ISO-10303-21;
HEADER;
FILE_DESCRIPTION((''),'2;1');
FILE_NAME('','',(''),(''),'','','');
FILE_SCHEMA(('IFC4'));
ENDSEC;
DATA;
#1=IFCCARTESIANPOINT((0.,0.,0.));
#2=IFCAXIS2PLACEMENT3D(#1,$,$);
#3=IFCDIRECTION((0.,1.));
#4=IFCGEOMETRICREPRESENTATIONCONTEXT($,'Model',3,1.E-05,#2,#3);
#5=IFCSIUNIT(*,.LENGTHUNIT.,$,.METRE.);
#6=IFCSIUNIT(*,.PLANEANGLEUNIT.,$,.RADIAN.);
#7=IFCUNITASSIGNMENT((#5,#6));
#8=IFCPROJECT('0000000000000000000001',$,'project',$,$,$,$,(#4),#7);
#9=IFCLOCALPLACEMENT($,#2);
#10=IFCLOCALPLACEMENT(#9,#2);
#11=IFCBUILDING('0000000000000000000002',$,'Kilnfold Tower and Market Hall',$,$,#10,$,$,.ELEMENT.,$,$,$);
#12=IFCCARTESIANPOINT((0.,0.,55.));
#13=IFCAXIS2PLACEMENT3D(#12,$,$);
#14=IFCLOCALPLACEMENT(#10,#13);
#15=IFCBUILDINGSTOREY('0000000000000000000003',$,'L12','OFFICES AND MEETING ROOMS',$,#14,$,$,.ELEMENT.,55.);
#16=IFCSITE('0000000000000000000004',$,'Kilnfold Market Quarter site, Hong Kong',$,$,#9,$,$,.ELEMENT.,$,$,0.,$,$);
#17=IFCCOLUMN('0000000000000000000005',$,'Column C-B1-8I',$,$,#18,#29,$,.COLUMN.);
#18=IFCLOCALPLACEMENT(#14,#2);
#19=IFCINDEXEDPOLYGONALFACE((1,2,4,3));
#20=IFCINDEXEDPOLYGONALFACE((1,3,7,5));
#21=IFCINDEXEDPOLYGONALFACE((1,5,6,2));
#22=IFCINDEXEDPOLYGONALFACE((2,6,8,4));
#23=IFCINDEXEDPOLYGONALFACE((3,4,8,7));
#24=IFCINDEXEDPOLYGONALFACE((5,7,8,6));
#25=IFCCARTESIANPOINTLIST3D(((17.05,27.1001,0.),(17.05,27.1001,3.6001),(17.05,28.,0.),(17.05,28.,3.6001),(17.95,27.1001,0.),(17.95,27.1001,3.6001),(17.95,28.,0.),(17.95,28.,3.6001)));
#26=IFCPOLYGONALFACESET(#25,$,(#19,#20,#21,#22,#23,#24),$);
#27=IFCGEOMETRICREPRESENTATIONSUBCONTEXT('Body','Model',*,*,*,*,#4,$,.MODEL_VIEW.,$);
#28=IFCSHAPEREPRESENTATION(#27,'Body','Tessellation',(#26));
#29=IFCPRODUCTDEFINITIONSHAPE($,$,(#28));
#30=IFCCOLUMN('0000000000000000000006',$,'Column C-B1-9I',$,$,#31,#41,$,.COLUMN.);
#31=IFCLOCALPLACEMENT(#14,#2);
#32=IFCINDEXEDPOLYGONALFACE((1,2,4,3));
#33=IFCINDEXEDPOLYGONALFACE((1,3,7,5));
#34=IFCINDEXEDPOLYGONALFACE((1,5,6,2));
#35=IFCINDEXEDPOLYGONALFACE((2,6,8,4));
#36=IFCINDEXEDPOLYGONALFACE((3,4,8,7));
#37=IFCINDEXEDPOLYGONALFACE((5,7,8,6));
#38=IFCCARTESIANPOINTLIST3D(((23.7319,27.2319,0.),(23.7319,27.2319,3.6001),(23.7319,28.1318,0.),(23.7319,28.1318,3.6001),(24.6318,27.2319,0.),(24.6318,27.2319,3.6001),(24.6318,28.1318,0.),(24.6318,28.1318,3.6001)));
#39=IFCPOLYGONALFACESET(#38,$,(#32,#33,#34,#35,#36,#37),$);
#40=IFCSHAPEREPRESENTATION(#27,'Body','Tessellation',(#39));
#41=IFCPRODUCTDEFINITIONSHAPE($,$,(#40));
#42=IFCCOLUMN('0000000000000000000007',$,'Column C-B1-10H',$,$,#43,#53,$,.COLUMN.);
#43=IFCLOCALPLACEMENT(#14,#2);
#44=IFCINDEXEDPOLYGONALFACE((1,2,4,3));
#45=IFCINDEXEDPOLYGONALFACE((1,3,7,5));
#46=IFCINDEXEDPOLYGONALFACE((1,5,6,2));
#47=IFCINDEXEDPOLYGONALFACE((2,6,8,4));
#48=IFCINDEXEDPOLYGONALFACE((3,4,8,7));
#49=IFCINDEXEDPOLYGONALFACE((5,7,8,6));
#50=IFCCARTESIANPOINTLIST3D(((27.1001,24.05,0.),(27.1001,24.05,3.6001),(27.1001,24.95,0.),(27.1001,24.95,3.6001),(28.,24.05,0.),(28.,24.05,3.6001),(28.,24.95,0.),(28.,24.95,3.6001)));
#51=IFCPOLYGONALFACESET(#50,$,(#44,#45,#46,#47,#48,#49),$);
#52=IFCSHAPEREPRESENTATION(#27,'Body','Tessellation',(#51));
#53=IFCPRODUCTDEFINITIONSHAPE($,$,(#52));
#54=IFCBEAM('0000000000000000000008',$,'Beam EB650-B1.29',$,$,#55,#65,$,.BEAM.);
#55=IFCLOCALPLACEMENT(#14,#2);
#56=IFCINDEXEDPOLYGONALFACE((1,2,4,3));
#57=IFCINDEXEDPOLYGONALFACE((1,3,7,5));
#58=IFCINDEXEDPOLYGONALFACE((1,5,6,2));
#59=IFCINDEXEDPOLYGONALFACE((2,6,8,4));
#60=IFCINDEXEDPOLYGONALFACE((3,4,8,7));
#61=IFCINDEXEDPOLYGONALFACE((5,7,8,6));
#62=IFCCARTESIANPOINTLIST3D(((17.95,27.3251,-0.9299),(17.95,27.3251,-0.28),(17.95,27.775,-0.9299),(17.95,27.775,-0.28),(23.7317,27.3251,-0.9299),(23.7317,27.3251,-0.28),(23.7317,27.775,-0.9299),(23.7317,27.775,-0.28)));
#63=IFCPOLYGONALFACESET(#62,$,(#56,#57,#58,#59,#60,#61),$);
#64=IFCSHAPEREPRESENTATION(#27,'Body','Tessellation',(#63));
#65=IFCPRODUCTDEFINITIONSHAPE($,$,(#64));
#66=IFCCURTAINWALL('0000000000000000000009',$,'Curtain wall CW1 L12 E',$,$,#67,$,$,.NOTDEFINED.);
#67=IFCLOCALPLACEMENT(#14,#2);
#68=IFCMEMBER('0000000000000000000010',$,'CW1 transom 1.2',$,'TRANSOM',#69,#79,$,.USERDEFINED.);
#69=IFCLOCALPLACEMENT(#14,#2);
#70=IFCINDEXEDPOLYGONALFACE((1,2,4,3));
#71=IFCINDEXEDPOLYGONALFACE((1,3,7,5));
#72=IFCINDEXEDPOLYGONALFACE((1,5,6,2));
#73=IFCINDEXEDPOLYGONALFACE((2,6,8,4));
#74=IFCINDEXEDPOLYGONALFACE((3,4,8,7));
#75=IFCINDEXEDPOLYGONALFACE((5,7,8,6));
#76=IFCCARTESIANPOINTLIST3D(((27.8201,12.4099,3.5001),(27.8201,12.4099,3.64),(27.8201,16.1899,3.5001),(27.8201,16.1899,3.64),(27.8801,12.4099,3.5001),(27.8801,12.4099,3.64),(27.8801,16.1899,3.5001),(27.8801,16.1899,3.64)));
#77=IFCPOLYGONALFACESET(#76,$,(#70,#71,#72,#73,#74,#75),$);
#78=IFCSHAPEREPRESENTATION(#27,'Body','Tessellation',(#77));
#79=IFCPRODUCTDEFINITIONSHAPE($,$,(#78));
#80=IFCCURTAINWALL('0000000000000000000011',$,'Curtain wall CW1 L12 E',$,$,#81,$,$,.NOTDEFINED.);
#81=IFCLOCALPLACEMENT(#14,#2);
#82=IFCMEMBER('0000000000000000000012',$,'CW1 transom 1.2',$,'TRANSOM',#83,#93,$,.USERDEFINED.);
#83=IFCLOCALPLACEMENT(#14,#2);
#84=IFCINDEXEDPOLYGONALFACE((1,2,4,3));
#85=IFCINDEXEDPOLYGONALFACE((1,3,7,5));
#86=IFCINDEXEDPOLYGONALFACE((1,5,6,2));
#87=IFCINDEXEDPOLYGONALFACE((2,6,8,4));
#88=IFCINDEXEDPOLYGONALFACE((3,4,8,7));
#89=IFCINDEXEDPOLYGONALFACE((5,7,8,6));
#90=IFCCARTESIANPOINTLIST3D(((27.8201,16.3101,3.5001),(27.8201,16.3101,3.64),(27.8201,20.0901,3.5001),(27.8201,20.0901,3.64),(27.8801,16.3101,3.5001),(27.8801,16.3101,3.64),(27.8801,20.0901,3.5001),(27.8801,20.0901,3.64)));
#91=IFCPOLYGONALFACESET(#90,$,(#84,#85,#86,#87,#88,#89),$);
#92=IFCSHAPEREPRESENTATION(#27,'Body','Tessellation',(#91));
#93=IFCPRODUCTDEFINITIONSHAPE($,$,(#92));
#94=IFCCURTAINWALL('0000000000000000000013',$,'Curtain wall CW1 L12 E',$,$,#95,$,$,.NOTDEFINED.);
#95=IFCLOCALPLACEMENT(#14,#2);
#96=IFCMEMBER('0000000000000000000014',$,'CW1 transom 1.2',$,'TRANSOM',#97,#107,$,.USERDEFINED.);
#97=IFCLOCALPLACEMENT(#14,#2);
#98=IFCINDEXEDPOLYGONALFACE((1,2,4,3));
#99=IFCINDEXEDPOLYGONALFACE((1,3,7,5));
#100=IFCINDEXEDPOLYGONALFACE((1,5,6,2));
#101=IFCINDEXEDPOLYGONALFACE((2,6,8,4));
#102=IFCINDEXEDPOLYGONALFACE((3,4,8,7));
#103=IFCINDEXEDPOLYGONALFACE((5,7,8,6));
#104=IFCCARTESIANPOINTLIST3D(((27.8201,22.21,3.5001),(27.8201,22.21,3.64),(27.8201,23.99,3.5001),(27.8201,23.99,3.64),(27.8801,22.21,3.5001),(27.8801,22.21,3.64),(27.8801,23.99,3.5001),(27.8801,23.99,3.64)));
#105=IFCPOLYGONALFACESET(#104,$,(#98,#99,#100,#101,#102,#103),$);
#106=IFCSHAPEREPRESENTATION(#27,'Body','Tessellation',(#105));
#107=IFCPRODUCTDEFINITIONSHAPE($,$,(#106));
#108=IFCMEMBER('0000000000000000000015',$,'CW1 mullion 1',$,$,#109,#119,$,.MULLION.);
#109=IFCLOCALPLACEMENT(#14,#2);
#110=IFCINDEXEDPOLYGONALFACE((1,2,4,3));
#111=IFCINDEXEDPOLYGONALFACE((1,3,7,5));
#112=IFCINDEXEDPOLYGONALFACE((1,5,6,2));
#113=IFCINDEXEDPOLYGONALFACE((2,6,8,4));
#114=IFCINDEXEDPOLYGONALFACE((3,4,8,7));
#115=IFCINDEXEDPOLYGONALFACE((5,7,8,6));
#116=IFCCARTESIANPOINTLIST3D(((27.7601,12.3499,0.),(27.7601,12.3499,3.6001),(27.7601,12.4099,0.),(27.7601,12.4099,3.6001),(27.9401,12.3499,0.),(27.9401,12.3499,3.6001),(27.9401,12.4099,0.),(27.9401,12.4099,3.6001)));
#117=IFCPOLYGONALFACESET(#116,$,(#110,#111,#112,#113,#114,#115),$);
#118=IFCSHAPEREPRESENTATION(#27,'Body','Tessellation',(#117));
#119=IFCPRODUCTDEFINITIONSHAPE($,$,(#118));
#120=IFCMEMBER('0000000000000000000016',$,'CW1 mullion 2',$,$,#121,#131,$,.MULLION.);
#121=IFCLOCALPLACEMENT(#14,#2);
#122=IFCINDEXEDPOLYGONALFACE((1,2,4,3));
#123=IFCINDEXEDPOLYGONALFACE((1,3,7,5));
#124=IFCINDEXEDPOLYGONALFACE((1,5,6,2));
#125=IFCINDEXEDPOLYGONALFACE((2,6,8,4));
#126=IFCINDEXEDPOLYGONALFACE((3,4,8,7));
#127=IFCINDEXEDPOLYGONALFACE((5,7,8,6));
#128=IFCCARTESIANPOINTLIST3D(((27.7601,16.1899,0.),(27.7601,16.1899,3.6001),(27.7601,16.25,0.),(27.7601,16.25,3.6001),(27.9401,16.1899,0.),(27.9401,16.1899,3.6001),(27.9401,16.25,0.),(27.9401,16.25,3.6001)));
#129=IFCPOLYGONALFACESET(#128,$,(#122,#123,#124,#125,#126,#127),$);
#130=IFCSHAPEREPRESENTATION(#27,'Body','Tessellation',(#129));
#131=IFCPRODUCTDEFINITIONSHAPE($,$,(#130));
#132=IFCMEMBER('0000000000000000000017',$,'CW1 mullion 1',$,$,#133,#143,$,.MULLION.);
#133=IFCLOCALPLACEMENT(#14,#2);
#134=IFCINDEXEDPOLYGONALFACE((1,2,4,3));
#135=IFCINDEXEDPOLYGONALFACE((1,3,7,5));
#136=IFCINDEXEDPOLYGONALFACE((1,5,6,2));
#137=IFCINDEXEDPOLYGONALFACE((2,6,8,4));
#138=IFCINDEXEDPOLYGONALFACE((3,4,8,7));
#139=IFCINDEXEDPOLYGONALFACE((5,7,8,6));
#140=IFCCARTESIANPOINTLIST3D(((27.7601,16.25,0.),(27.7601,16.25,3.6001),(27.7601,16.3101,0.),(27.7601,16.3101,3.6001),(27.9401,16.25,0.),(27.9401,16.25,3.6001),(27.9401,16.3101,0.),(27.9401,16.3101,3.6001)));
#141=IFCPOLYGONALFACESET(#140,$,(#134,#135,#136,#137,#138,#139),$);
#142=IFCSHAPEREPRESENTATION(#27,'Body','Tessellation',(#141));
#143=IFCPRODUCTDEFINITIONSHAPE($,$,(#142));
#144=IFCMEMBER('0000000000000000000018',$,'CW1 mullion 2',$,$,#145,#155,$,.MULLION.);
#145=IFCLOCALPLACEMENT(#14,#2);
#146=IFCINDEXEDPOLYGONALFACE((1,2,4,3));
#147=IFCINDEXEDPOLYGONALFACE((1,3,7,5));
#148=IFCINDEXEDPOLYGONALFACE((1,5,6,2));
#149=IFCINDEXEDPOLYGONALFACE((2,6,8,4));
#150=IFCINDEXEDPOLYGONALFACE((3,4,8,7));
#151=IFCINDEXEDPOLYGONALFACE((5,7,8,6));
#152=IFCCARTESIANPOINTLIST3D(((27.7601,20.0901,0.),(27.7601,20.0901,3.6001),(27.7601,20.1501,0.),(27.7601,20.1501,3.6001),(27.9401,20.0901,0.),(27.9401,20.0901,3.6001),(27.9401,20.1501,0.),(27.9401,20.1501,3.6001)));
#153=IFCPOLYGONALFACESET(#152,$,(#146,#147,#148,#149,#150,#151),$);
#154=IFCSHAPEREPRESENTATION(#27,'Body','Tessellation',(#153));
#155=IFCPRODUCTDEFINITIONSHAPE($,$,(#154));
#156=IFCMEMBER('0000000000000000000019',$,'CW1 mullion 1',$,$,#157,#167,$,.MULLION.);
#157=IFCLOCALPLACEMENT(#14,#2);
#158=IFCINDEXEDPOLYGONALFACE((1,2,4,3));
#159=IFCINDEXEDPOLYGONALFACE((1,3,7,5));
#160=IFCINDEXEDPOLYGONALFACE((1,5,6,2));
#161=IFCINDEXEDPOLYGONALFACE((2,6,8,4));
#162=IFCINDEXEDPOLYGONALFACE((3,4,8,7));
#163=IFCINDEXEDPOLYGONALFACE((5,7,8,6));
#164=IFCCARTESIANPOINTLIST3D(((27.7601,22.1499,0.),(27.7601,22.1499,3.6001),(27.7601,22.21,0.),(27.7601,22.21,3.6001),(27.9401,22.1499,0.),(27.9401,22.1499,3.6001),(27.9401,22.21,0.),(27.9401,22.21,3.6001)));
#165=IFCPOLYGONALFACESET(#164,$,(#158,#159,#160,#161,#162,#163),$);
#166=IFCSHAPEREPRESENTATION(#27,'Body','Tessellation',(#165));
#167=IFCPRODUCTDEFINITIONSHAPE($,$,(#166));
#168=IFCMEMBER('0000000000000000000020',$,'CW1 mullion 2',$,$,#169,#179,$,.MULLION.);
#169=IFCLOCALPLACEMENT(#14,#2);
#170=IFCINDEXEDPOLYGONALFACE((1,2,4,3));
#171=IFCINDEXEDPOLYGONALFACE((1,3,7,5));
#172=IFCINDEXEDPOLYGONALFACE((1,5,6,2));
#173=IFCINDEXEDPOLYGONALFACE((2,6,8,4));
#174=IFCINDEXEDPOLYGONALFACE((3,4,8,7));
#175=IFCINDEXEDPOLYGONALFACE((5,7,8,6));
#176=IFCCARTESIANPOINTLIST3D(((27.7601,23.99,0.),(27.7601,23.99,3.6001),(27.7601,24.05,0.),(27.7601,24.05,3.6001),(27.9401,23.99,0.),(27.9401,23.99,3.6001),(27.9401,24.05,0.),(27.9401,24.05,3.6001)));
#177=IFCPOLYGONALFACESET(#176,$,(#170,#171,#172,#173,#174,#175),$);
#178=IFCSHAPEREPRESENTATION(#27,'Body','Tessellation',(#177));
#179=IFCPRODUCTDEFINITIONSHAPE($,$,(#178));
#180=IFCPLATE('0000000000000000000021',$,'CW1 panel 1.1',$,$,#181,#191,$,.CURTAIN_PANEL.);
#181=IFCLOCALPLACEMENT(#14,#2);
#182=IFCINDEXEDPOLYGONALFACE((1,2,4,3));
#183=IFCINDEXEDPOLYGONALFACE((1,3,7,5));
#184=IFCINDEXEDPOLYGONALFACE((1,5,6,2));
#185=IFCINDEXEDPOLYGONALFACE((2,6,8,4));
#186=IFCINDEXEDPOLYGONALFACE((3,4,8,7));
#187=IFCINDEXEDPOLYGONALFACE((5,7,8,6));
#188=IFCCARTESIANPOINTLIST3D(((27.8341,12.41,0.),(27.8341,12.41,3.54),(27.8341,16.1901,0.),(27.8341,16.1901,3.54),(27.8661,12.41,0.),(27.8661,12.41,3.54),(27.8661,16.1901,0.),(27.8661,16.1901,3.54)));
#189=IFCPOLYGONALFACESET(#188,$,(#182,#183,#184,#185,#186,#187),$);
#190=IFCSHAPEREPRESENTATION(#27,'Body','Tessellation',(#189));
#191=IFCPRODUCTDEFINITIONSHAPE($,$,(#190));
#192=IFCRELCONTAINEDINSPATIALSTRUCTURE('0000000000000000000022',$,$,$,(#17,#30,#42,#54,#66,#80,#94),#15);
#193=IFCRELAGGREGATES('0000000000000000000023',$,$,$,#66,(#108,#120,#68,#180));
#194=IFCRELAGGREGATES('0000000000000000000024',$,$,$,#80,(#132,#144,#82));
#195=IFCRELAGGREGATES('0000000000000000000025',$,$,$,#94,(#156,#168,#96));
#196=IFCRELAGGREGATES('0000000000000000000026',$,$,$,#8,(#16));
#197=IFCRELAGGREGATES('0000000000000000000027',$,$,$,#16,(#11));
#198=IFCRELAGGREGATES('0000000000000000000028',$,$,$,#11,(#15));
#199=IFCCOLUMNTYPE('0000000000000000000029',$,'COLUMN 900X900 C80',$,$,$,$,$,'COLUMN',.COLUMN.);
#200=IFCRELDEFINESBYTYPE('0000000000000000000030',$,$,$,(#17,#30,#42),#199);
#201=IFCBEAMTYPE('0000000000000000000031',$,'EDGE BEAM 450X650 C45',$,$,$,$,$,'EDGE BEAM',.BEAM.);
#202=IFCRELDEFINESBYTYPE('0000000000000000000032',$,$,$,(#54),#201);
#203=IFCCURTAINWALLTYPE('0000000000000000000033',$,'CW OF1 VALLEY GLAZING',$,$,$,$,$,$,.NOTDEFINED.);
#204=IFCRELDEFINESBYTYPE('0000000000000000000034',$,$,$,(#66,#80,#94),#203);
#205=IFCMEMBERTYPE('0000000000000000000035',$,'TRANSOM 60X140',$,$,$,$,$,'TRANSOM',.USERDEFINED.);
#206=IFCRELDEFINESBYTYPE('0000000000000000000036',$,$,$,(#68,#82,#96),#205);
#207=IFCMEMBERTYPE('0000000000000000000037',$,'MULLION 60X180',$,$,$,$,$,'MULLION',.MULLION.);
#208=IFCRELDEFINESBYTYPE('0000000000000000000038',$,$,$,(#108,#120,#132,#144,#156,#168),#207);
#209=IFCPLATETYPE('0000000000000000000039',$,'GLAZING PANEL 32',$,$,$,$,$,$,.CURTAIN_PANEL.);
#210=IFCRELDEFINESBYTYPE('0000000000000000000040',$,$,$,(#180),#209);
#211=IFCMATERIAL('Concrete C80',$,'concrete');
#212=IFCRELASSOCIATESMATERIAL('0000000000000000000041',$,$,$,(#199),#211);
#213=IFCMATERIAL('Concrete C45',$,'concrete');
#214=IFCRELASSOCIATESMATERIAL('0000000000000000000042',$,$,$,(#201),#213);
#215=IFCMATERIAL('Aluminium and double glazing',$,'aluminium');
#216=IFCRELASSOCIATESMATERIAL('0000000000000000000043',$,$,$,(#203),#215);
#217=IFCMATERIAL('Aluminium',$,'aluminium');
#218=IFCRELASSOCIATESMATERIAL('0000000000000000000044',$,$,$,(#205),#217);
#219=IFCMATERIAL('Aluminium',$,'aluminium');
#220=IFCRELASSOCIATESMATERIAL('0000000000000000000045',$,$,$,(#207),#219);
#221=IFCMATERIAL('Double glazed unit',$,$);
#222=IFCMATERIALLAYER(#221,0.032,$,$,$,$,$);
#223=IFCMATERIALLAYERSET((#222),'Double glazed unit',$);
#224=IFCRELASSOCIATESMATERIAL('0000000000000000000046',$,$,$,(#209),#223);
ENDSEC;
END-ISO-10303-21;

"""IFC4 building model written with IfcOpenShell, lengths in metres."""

from ifc_helpers import new_model, si_unit, direction, frame, origin, origin_2d, place, context, subcontext, project, spatial, rectangle, extrude, source, transform, mapped, material, layer, layer_set, material_profile, profile_set, type_object, element, aggregate, save


model = new_model("IFC4")

# Units and contexts
model_context = context("Model", 3, precision=1e-05, world=origin(), true_north=direction((0.0, 1.0)))
body_context = subcontext(model_context, "Body", "Model", "MODEL_VIEW")
ifc_project = project(units=[si_unit("LENGTHUNIT", "METRE"), si_unit("PLANEANGLEUNIT", "RADIAN")], contexts=[model_context])

# Site, building, storey
site_placement = place(None, origin())
site = spatial("IfcSite", under=ifc_project, at=site_placement, Name="Kilnfold Market Quarter site, Hong Kong", CompositionType="ELEMENT", RefElevation=0.0)
building_placement = place(site_placement, origin())
building = spatial("IfcBuilding", under=site, at=building_placement, Name="Kilnfold Tower and Market Hall", CompositionType="ELEMENT")
storey_placement = place(building_placement, frame((0.0, 0.0, 55.0)))
storey = spatial("IfcBuildingStorey", under=building, at=storey_placement, Name="L12", Description="OFFICES AND MEETING ROOMS", CompositionType="ELEMENT", Elevation=55.0)

# Columns
ifc_material_1 = material(Name="Concrete C80", Category="concrete")
ifc_material_profile_1 = material_profile(ifc_material_1, rectangle(XDim=0.8999, YDim=0.8999, at=origin_2d()), Name="RC 900x900")
ifc_profile_set_1 = profile_set([ifc_material_profile_1], Name="Concrete C80")
column_type = type_object("IfcColumnType", Name="COLUMN 900X900 C80", ElementType="COLUMN", PredefinedType="COLUMN", material=ifc_profile_set_1)
shared_shape_1 = source(origin(), body_context, "Body", "SweptSolid", [
    extrude(rectangle(XDim=0.8999, YDim=0.8999, at=origin_2d()), origin(), (0.0, 0.0, 1.0), 3.6001),
])
for number, where, z_axis, x_axis, name in (
    (1, (17.5, 27.55, 0.0), (0.0, 0.0, 1.0), (1.0, 0.0, 0.0), "Column C-B1-8I"),
    (2, (24.1819, 27.6819, 0.0), (0.0, 0.0, 1.0), (1.0, 0.0, 0.0), "Column C-B1-9I"),
    (3, (27.55, 24.5, 0.0), (0.0, 0.0, 1.0), (1.0, 0.0, 0.0), "Column C-B1-10H"),
):
    element("IfcColumn", number, at=place(storey_placement, frame(where, z_axis=z_axis, x_axis=x_axis)), inside=storey, type_object=column_type, Name=name, PredefinedType="COLUMN", context=body_context, shape_type="MappedRepresentation", body=[
        mapped(shared_shape_1, transform((0.0, 0.0, 0.0))),
    ])

# Beam
ifc_material_2 = material(Name="Concrete C45", Category="concrete")
ifc_material_profile_2 = material_profile(ifc_material_2, rectangle(XDim=0.45, YDim=0.6499, at=origin_2d()), Name="RC 450x650")
ifc_profile_set_2 = profile_set([ifc_material_profile_2], Name="Concrete C45")
beam_type = type_object("IfcBeamType", Name="EDGE BEAM 450X650 C45", ElementType="EDGE BEAM", PredefinedType="BEAM", material=ifc_profile_set_2)
shared_shape_2 = source(origin(), body_context, "Body", "SweptSolid", [
    extrude(rectangle(XDim=0.45, YDim=0.6499, at=origin_2d()), origin(), (0.0, 0.0, 1.0), 5.7817),
])
beam_placement = place(storey_placement, frame((17.95, 27.55, -0.605), z_axis=(1.0, 0.0, 0.0), x_axis=(0.0, 1.0, 0.0)))
element("IfcBeam", 4, at=beam_placement, inside=storey, type_object=beam_type, Name="Beam EB650-B1.29", PredefinedType="BEAM", context=body_context, shape_type="MappedRepresentation", body=[
    mapped(shared_shape_2, transform((0.0, 0.0, 0.0))),
])

# Curtain walls, members
ifc_material_3 = material(Name="Aluminium and double glazing", Category="aluminium")
curtain_wall_type = type_object("IfcCurtainWallType", Name="CW OF1 VALLEY GLAZING", PredefinedType="NOTDEFINED", material=ifc_material_3)
curtain_wall_1_placement = place(storey_placement, origin())
curtain_wall_1 = element("IfcCurtainWall", 5, at=curtain_wall_1_placement, inside=storey, type_object=curtain_wall_type, Name="Curtain wall CW1 L12 E", PredefinedType="NOTDEFINED")
ifc_material_4 = material(Name="Aluminium", Category="aluminium")
ifc_material_profile_3 = material_profile(ifc_material_4, rectangle(XDim=0.0601, YDim=0.1399, at=origin_2d()), Name="TRANSOM 60x140")
ifc_profile_set_3 = profile_set([ifc_material_profile_3], Name="Aluminium")
member_type_1 = type_object("IfcMemberType", Name="TRANSOM 60X140", ElementType="TRANSOM", PredefinedType="USERDEFINED", material=ifc_profile_set_3)
shared_shape_3 = source(origin(), body_context, "Body", "SweptSolid", [
    extrude(rectangle(XDim=0.0601, YDim=0.1399, at=origin_2d()), origin(), (0.0, 0.0, 1.0), 3.78),
])
member_1_placement = place(storey_placement, frame((27.8501, 12.4099, 3.5701), z_axis=(0.0, 1.0, 0.0), x_axis=(-1.0, 0.0, 0.0)))
member_1 = element("IfcMember", 6, at=member_1_placement, type_object=member_type_1, Name="CW1 transom 1.2", ObjectType="TRANSOM", PredefinedType="USERDEFINED", context=body_context, shape_type="MappedRepresentation", body=[
    mapped(shared_shape_3, transform((0.0, 0.0, 0.0))),
])
curtain_wall_2_placement = place(storey_placement, origin())
curtain_wall_2 = element("IfcCurtainWall", 7, at=curtain_wall_2_placement, inside=storey, type_object=curtain_wall_type, Name="Curtain wall CW1 L12 E", PredefinedType="NOTDEFINED")
member_2_placement = place(storey_placement, frame((27.8501, 16.3101, 3.5701), z_axis=(0.0, 1.0, 0.0), x_axis=(-1.0, 0.0, 0.0)))
member_2 = element("IfcMember", 8, at=member_2_placement, type_object=member_type_1, Name="CW1 transom 1.2", ObjectType="TRANSOM", PredefinedType="USERDEFINED", context=body_context, shape_type="MappedRepresentation", body=[
    mapped(shared_shape_3, transform((0.0, 0.0, 0.0))),
])
curtain_wall_3_placement = place(storey_placement, origin())
curtain_wall_3 = element("IfcCurtainWall", 9, at=curtain_wall_3_placement, inside=storey, type_object=curtain_wall_type, Name="Curtain wall CW1 L12 E", PredefinedType="NOTDEFINED")
shared_shape_4 = source(origin(), body_context, "Body", "SweptSolid", [
    extrude(rectangle(XDim=0.0601, YDim=0.1399, at=origin_2d()), origin(), (0.0, 0.0, 1.0), 1.78),
])
member_3_placement = place(storey_placement, frame((27.8501, 22.21, 3.5701), z_axis=(0.0, 1.0, 0.0), x_axis=(-1.0, 0.0, 0.0)))
member_3 = element("IfcMember", 10, at=member_3_placement, type_object=member_type_1, Name="CW1 transom 1.2", ObjectType="TRANSOM", PredefinedType="USERDEFINED", context=body_context, shape_type="MappedRepresentation", body=[
    mapped(shared_shape_4, transform((0.0, 0.0, 0.0))),
])

# Members
ifc_material_5 = material(Name="Aluminium", Category="aluminium")
ifc_material_profile_4 = material_profile(ifc_material_5, rectangle(XDim=0.0601, YDim=0.1799, at=origin_2d()), Name="MULLION 60x180")
ifc_profile_set_4 = profile_set([ifc_material_profile_4], Name="Aluminium")
member_type_2 = type_object("IfcMemberType", Name="MULLION 60X180", ElementType="MULLION", PredefinedType="MULLION", material=ifc_profile_set_4)
shared_shape_5 = source(origin(), body_context, "Body", "SweptSolid", [
    extrude(rectangle(XDim=0.0601, YDim=0.1799, at=origin_2d()), origin(), (0.0, 0.0, 1.0), 3.6001),
])
member_4_placement = place(storey_placement, frame((27.8501, 12.3799, 0.0), z_axis=(0.0, 0.0, 1.0), x_axis=(0.0, 1.0, 0.0)))
member_4 = element("IfcMember", 11, at=member_4_placement, type_object=member_type_2, Name="CW1 mullion 1", PredefinedType="MULLION", context=body_context, shape_type="MappedRepresentation", body=[
    mapped(shared_shape_5, transform((0.0, 0.0, 0.0))),
])
member_5_placement = place(storey_placement, frame((27.8501, 16.22, 0.0), z_axis=(0.0, 0.0, 1.0), x_axis=(0.0, 1.0, 0.0)))
member_5 = element("IfcMember", 12, at=member_5_placement, type_object=member_type_2, Name="CW1 mullion 2", PredefinedType="MULLION", context=body_context, shape_type="MappedRepresentation", body=[
    mapped(shared_shape_5, transform((0.0, 0.0, 0.0))),
])
member_6_placement = place(storey_placement, frame((27.8501, 16.28, 0.0), z_axis=(0.0, 0.0, 1.0), x_axis=(0.0, 1.0, 0.0)))
member_6 = element("IfcMember", 13, at=member_6_placement, type_object=member_type_2, Name="CW1 mullion 1", PredefinedType="MULLION", context=body_context, shape_type="MappedRepresentation", body=[
    mapped(shared_shape_5, transform((0.0, 0.0, 0.0))),
])
member_7_placement = place(storey_placement, frame((27.8501, 20.1201, 0.0), z_axis=(0.0, 0.0, 1.0), x_axis=(0.0, 1.0, 0.0)))
member_7 = element("IfcMember", 14, at=member_7_placement, type_object=member_type_2, Name="CW1 mullion 2", PredefinedType="MULLION", context=body_context, shape_type="MappedRepresentation", body=[
    mapped(shared_shape_5, transform((0.0, 0.0, 0.0))),
])
member_8_placement = place(storey_placement, frame((27.8501, 22.1799, 0.0), z_axis=(0.0, 0.0, 1.0), x_axis=(0.0, 1.0, 0.0)))
member_8 = element("IfcMember", 15, at=member_8_placement, type_object=member_type_2, Name="CW1 mullion 1", PredefinedType="MULLION", context=body_context, shape_type="MappedRepresentation", body=[
    mapped(shared_shape_5, transform((0.0, 0.0, 0.0))),
])
member_9_placement = place(storey_placement, frame((27.8501, 24.02, 0.0), z_axis=(0.0, 0.0, 1.0), x_axis=(0.0, 1.0, 0.0)))
member_9 = element("IfcMember", 16, at=member_9_placement, type_object=member_type_2, Name="CW1 mullion 2", PredefinedType="MULLION", context=body_context, shape_type="MappedRepresentation", body=[
    mapped(shared_shape_5, transform((0.0, 0.0, 0.0))),
])

# Plate
ifc_material_6 = material(Name="Double glazed unit")
ifc_layer_1 = layer(ifc_material_6, 0.032)
ifc_layer_set_1 = layer_set([ifc_layer_1], Name="Double glazed unit")
plate_type = type_object("IfcPlateType", Name="GLAZING PANEL 32", PredefinedType="CURTAIN_PANEL", material=ifc_layer_set_1)
shared_shape_6 = source(origin(), body_context, "Body", "SweptSolid", [
    extrude(rectangle(XDim=3.78, YDim=0.032, at=origin_2d()), origin(), (0.0, 0.0, 1.0), 3.54),
])
plate_1_placement = place(storey_placement, frame((27.8501, 14.3, 0.0), z_axis=(0.0, 0.0, 1.0), x_axis=(0.0, 1.0, 0.0)))
plate_1 = element("IfcPlate", 17, at=plate_1_placement, type_object=plate_type, Name="CW1 panel 1.1", PredefinedType="CURTAIN_PANEL", context=body_context, shape_type="MappedRepresentation", body=[
    mapped(shared_shape_6, transform((0.0, 0.0, 0.0))),
])
aggregate(curtain_wall_1, [member_4, member_5, member_1, plate_1])
aggregate(curtain_wall_2, [member_6, member_7, member_2])
aggregate(curtain_wall_3, [member_8, member_9, member_3])

save(model, "model.ifc")
